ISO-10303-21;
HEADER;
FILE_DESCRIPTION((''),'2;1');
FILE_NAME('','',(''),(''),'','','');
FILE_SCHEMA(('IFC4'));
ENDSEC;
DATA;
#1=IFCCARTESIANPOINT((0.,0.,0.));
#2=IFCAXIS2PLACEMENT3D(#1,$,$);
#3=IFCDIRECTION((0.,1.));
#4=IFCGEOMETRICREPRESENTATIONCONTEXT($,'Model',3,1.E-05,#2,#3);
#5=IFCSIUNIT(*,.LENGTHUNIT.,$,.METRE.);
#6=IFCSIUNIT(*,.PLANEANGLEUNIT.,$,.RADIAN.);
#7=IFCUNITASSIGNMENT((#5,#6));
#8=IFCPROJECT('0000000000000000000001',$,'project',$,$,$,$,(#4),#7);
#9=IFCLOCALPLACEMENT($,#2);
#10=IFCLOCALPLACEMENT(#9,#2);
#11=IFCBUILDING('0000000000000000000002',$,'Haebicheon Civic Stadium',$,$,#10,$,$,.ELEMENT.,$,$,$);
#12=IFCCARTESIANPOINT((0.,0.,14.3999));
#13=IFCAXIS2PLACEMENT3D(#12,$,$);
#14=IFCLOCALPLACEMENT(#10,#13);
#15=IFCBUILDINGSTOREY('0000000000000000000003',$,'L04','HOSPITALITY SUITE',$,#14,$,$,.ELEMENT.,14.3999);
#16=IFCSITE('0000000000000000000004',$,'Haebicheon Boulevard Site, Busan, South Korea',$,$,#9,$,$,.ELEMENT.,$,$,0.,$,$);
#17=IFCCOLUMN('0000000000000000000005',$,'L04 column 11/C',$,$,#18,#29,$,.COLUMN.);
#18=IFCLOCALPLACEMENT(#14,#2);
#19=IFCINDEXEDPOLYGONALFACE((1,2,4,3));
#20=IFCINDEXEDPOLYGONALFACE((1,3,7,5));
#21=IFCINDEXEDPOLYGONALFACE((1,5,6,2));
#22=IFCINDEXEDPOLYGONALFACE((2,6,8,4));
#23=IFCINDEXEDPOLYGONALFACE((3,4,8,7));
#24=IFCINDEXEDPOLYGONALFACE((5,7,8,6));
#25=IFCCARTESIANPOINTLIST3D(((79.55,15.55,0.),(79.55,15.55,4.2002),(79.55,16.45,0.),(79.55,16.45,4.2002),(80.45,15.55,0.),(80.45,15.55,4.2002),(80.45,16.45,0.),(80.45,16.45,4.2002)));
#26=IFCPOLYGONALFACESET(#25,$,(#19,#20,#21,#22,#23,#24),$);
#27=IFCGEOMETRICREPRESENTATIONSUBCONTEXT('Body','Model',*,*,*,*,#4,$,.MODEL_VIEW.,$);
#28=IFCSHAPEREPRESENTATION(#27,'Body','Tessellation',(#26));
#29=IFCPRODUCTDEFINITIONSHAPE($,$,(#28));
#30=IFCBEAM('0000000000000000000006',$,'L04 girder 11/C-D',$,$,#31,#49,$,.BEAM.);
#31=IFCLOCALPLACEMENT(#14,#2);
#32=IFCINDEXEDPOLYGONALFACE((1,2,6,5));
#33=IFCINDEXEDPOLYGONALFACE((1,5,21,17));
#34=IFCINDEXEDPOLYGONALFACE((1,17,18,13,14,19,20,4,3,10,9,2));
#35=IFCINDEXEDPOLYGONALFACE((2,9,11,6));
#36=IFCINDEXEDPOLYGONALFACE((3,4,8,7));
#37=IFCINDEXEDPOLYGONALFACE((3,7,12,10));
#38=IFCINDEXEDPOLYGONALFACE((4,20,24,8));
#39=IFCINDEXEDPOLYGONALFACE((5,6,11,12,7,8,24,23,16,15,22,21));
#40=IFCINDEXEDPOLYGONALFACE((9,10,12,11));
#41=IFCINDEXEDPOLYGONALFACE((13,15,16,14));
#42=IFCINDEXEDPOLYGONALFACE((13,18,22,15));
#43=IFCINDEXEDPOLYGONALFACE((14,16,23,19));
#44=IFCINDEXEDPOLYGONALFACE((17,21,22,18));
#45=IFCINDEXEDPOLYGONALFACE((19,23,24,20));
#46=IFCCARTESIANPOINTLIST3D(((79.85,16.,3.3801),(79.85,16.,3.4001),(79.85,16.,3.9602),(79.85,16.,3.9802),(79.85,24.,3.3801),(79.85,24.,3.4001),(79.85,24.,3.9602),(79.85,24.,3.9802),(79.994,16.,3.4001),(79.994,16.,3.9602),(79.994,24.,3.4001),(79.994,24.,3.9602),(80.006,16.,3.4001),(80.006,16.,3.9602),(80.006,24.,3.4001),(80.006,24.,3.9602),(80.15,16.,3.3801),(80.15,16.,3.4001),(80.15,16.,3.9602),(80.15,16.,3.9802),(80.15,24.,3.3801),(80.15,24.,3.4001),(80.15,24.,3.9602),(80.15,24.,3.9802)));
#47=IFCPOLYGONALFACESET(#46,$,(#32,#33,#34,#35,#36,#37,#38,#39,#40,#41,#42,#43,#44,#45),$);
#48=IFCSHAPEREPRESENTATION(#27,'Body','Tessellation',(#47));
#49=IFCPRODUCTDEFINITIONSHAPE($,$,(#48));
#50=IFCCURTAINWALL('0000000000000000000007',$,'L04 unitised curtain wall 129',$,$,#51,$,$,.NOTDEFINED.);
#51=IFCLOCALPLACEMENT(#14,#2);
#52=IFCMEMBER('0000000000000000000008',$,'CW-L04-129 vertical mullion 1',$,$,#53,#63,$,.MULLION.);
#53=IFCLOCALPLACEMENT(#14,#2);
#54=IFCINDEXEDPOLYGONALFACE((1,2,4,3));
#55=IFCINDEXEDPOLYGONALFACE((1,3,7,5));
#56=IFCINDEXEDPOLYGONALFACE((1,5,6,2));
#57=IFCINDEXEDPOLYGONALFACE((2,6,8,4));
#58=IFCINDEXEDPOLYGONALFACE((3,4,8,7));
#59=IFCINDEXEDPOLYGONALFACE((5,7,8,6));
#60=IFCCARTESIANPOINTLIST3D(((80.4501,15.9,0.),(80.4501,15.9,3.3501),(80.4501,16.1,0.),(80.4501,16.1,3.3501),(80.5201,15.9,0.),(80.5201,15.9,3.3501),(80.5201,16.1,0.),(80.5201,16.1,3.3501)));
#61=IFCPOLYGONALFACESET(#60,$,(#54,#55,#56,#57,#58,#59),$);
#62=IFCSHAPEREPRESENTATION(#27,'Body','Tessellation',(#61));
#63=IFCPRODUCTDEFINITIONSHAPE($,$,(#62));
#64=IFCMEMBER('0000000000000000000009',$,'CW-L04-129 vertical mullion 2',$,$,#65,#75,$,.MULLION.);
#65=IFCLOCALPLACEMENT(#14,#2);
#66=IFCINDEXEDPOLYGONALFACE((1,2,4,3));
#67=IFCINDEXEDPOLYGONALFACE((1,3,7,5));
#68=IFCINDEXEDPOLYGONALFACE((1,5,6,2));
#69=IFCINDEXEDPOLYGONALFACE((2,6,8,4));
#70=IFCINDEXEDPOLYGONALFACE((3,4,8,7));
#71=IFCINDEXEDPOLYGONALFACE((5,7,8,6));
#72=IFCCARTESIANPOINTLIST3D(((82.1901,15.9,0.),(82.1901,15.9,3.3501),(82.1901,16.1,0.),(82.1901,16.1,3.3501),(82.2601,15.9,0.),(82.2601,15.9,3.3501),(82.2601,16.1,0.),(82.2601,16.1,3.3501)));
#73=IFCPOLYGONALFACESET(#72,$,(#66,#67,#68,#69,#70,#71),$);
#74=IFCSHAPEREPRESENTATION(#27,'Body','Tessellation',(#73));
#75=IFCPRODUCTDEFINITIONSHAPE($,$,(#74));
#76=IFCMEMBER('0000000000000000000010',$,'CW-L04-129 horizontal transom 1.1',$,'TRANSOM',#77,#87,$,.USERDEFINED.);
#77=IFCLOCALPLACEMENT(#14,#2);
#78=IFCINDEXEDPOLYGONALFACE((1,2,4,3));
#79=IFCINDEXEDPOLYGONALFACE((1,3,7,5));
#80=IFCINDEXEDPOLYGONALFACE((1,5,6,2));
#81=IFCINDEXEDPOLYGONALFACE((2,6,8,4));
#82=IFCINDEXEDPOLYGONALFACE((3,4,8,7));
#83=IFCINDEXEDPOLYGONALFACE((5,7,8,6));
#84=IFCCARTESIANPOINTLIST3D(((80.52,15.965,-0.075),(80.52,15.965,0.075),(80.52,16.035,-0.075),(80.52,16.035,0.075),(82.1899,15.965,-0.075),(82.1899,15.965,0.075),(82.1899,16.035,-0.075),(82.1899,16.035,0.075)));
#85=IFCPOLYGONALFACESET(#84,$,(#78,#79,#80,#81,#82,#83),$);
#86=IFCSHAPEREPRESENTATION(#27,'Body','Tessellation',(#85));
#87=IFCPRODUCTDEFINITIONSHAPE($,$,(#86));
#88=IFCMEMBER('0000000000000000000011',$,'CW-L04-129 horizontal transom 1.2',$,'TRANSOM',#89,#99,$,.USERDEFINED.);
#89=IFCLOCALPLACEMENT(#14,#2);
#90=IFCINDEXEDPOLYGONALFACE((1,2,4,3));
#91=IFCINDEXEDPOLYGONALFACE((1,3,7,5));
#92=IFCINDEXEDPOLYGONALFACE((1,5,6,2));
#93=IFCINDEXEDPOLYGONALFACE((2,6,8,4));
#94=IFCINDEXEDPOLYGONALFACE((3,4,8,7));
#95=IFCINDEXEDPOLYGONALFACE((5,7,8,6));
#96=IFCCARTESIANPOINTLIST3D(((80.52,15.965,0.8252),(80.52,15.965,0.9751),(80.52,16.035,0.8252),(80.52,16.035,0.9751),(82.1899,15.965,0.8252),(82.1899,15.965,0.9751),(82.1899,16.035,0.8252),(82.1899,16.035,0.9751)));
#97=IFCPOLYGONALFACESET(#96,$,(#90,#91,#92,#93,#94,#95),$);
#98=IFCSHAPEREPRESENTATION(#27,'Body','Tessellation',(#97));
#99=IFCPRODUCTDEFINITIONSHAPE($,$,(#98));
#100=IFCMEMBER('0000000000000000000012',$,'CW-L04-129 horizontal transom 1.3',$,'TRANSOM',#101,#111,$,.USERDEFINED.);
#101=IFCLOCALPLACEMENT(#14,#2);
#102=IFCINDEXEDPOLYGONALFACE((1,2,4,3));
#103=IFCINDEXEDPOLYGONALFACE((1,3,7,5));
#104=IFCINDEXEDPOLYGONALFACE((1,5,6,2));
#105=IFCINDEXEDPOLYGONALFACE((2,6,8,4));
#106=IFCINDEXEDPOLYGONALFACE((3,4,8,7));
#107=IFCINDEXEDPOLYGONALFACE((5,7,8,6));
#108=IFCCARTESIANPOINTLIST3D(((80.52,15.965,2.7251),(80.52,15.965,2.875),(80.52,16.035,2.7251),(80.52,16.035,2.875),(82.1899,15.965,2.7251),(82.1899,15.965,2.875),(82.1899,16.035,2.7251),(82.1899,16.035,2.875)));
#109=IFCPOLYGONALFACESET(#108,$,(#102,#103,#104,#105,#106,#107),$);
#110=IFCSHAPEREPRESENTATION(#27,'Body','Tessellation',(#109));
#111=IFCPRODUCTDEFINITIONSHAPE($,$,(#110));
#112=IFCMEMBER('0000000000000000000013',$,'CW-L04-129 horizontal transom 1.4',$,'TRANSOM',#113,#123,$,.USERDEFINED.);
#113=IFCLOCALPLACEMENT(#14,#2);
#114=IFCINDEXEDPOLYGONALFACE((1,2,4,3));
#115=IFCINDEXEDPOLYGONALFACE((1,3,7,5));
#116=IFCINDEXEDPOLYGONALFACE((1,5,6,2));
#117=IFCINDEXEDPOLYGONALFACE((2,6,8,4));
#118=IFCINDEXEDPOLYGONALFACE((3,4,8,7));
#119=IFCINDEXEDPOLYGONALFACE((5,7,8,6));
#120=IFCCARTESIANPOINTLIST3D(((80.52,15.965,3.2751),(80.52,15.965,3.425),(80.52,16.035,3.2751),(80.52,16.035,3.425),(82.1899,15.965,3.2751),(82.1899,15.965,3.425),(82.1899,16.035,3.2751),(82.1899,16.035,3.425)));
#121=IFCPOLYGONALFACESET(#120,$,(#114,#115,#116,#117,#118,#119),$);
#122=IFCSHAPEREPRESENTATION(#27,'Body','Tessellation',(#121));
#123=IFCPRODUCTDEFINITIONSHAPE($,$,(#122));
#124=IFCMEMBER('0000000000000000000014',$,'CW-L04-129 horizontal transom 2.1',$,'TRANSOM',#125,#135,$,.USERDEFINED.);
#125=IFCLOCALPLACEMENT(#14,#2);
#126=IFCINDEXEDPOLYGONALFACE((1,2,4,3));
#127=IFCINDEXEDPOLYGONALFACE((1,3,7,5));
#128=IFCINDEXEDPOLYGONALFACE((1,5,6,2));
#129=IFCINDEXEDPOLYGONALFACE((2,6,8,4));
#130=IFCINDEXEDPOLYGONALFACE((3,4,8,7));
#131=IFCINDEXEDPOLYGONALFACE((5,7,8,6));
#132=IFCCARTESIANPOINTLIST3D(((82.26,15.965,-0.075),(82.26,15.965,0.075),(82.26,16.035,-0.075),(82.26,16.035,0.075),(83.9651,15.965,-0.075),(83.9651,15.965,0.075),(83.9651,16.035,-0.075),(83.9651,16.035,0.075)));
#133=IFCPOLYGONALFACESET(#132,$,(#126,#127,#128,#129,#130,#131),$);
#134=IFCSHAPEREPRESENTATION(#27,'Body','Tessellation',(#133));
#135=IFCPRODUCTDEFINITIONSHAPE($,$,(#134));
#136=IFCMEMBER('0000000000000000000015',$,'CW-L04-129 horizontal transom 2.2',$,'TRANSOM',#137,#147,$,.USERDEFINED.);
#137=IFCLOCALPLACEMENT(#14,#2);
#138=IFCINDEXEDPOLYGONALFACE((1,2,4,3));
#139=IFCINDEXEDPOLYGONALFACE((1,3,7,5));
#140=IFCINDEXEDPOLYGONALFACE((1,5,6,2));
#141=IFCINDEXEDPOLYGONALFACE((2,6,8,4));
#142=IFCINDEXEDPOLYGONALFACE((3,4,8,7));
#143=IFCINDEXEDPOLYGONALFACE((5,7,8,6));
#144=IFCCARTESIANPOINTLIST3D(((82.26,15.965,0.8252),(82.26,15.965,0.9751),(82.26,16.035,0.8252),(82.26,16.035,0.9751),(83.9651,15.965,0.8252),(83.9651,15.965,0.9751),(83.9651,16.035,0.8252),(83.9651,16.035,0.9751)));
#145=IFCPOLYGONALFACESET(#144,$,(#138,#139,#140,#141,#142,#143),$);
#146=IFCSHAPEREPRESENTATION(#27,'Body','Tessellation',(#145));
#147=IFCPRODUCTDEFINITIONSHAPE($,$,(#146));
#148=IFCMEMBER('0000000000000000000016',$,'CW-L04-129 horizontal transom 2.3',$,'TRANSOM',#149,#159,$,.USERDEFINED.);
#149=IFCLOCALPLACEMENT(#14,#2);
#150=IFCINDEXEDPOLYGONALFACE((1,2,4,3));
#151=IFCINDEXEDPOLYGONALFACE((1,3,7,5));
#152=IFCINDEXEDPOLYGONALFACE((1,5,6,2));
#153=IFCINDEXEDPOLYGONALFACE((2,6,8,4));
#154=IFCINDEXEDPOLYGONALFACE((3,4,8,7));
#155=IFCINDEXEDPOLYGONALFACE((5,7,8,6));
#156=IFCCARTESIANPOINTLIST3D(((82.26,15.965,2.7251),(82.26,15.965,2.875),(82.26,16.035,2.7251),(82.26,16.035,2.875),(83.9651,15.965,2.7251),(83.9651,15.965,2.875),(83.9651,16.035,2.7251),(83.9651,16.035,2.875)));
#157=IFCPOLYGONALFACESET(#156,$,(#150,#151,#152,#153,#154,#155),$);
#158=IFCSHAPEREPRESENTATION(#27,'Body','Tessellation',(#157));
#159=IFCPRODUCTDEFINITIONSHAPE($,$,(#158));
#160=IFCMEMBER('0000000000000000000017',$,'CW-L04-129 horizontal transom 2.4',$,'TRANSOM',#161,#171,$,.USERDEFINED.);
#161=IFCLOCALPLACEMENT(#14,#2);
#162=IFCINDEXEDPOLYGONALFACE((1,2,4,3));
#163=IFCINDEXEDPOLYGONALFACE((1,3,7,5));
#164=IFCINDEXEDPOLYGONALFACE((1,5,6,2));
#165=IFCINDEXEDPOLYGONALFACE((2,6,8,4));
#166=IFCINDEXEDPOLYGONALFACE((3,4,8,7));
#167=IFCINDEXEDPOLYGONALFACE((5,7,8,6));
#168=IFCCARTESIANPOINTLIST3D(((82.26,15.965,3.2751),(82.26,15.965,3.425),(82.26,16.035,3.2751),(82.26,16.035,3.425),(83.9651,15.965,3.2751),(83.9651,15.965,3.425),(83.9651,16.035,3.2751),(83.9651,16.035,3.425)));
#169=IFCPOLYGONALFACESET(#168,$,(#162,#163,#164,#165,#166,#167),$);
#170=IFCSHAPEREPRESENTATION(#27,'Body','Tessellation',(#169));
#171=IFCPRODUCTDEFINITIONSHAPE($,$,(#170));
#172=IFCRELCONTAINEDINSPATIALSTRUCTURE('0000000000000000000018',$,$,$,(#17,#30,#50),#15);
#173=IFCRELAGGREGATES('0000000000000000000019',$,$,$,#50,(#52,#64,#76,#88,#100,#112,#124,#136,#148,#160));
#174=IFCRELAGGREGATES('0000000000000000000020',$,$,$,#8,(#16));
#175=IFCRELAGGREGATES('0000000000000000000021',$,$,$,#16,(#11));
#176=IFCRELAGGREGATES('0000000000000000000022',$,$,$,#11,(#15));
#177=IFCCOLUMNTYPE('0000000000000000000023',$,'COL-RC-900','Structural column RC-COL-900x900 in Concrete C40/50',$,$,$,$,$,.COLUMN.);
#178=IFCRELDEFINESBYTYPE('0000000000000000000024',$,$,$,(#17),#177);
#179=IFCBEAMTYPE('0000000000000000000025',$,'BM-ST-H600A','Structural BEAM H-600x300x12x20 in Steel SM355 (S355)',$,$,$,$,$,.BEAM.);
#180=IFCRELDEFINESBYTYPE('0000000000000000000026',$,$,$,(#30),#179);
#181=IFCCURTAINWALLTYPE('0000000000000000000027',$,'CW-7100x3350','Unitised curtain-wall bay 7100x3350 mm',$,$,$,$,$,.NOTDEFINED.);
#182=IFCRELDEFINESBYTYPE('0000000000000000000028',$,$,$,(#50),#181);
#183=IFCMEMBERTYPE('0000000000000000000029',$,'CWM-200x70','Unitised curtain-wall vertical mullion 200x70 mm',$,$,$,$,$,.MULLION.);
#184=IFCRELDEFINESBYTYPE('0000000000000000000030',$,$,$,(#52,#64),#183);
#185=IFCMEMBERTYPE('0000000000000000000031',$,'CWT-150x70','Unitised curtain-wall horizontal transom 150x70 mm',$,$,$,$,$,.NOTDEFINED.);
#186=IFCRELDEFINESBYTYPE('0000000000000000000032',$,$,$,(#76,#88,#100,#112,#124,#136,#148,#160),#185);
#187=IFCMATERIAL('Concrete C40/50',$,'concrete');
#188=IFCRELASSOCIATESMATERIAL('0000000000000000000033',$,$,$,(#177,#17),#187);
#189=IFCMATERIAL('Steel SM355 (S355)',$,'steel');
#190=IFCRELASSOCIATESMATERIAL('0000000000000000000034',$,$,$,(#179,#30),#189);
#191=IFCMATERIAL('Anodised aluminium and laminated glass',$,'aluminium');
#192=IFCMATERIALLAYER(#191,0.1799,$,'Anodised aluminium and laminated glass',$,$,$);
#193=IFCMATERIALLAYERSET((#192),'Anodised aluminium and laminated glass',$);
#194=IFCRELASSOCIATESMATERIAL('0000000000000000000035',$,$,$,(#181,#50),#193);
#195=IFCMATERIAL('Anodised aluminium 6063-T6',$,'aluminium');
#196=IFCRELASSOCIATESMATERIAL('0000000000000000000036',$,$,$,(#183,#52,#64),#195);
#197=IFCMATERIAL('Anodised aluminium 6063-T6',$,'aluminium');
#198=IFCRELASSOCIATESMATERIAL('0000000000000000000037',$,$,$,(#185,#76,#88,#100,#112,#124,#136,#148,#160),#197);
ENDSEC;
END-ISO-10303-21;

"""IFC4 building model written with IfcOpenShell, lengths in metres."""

from ifc_helpers import new_model, si_unit, direction, frame, origin, origin_2d, place, context, subcontext, project, spatial, rectangle, i_section, extrude, material, layer, layer_set, material_profile, profile_set, type_object, element, aggregate, save


model = new_model("IFC4")

# Units and contexts
model_context = context("Model", 3, precision=1e-05, world=origin(), true_north=direction((0.0, 1.0)))
body_context = subcontext(model_context, "Body", "Model", "MODEL_VIEW")
ifc_project = project(units=[si_unit("LENGTHUNIT", "METRE"), si_unit("PLANEANGLEUNIT", "RADIAN")], contexts=[model_context])

# Site, building, storey
site_placement = place(None, origin())
site = spatial("IfcSite", under=ifc_project, at=site_placement, Name="Haebicheon Boulevard Site, Busan, South Korea", CompositionType="ELEMENT", RefElevation=0.0)
building_placement = place(site_placement, origin())
building = spatial("IfcBuilding", under=site, at=building_placement, Name="Haebicheon Civic Stadium", CompositionType="ELEMENT")
storey_placement = place(building_placement, frame((0.0, 0.0, 14.3999)))
storey = spatial("IfcBuildingStorey", under=building, at=storey_placement, Name="L04", Description="HOSPITALITY SUITE", CompositionType="ELEMENT", Elevation=14.3999)

# Column
ifc_material_1 = material(Name="Concrete C40/50", Category="concrete")
ifc_material_profile_1 = material_profile(ifc_material_1, rectangle(XDim=0.8999, YDim=0.8999, at=origin_2d()), Name="RC-COL-900x900")
ifc_profile_set_1 = profile_set([ifc_material_profile_1], Name="Concrete C40/50")
column_type = type_object("IfcColumnType", Name="COL-RC-900", Description="Structural column RC-COL-900x900 in Concrete C40/50", PredefinedType="COLUMN", material=ifc_profile_set_1)
column_placement = place(storey_placement, frame((80.0, 16.0, 0.0), z_axis=(0.0, 0.0, 1.0), x_axis=(1.0, 0.0, 0.0)))
element("IfcColumn", 1, at=column_placement, inside=storey, type_object=column_type, material=ifc_profile_set_1, Name="L04 column 11/C", PredefinedType="COLUMN", context=body_context, shape_type="SweptSolid", body=[
    extrude(rectangle(XDim=0.8999, YDim=0.8999, at=origin_2d()), origin(), (0.0, 0.0, 1.0), 4.2002),
])

# Beam
ifc_material_2 = material(Name="Steel SM355 (S355)", Category="steel")
ifc_material_profile_2 = material_profile(ifc_material_2, i_section(OverallWidth=0.3, OverallDepth=0.6001, WebThickness=0.012, FlangeThickness=0.02, at=origin_2d()), Name="H-600x300x12x20")
ifc_profile_set_2 = profile_set([ifc_material_profile_2], Name="Steel SM355 (S355)")
beam_type_1 = type_object("IfcBeamType", Name="BM-ST-H600A", Description="Structural BEAM H-600x300x12x20 in Steel SM355 (S355)", PredefinedType="BEAM", material=ifc_profile_set_2)
beam_1_placement = place(storey_placement, frame((80.0, 16.0, 3.6802), z_axis=(0.0, 1.0, 0.0), x_axis=(-1.0, 0.0, 0.0)))
element("IfcBeam", 2, at=beam_1_placement, inside=storey, type_object=beam_type_1, material=ifc_profile_set_2, Name="L04 girder 11/C-D", PredefinedType="BEAM", context=body_context, shape_type="SweptSolid", body=[
    extrude(i_section(OverallWidth=0.3, OverallDepth=0.6001, WebThickness=0.012, FlangeThickness=0.02, at=origin_2d()), origin(), (0.0, 0.0, 1.0), 8.0),
])

# Curtain wall, members
ifc_material_3 = material(Name="Anodised aluminium and laminated glass", Category="aluminium")
ifc_layer_1 = layer(ifc_material_3, 0.1799, Name="Anodised aluminium and laminated glass")
ifc_layer_set_1 = layer_set([ifc_layer_1], Name="Anodised aluminium and laminated glass")
curtain_wall_type = type_object("IfcCurtainWallType", Name="CW-7100x3350", Description="Unitised curtain-wall bay 7100x3350 mm", PredefinedType="NOTDEFINED", material=ifc_layer_set_1)
curtain_wall_placement = place(storey_placement, origin())
curtain_wall = element("IfcCurtainWall", 3, at=curtain_wall_placement, inside=storey, type_object=curtain_wall_type, material=ifc_layer_set_1, Name="L04 unitised curtain wall 129", PredefinedType="NOTDEFINED")
ifc_material_4 = material(Name="Anodised aluminium 6063-T6", Category="aluminium")
ifc_material_profile_3 = material_profile(ifc_material_4, rectangle(XDim=0.0701, YDim=0.2, at=origin_2d()), Name="ALU-MULL-70x200")
ifc_profile_set_3 = profile_set([ifc_material_profile_3], Name="Anodised aluminium 6063-T6")
member_type_1 = type_object("IfcMemberType", Name="CWM-200x70", Description="Unitised curtain-wall vertical mullion 200x70 mm", PredefinedType="MULLION", material=ifc_profile_set_3)
member_1_placement = place(storey_placement, frame((80.4851, 16.0, 0.0), z_axis=(0.0, 0.0, 1.0), x_axis=(1.0, 0.0, 0.0)))
member_1 = element("IfcMember", 4, at=member_1_placement, type_object=member_type_1, material=ifc_profile_set_3, Name="CW-L04-129 vertical mullion 1", PredefinedType="MULLION", context=body_context, shape_type="SweptSolid", body=[
    extrude(rectangle(XDim=0.0701, YDim=0.2, at=origin_2d()), origin(), (0.0, 0.0, 1.0), 3.3501),
])
member_2_placement = place(storey_placement, frame((82.2251, 16.0, 0.0), z_axis=(0.0, 0.0, 1.0), x_axis=(1.0, 0.0, 0.0)))
member_2 = element("IfcMember", 5, at=member_2_placement, type_object=member_type_1, material=ifc_profile_set_3, Name="CW-L04-129 vertical mullion 2", PredefinedType="MULLION", context=body_context, shape_type="SweptSolid", body=[
    extrude(rectangle(XDim=0.0701, YDim=0.2, at=origin_2d()), origin(), (0.0, 0.0, 1.0), 3.3501),
])
ifc_material_5 = material(Name="Anodised aluminium 6063-T6", Category="aluminium")
ifc_material_profile_4 = material_profile(ifc_material_5, rectangle(XDim=0.0701, YDim=0.1499, at=origin_2d()), Name="ALU-TRAN-70x150")
ifc_profile_set_4 = profile_set([ifc_material_profile_4], Name="Anodised aluminium 6063-T6")
member_type_2 = type_object("IfcMemberType", Name="CWT-150x70", Description="Unitised curtain-wall horizontal transom 150x70 mm", PredefinedType="NOTDEFINED", material=ifc_profile_set_4)
member_3_placement = place(storey_placement, frame((80.52, 16.0, 0.0), z_axis=(1.0, 0.0, 0.0), x_axis=(0.0, 1.0, 0.0)))
member_3 = element("IfcMember", 6, at=member_3_placement, type_object=member_type_2, material=ifc_profile_set_4, Name="CW-L04-129 horizontal transom 1.1", ObjectType="TRANSOM", PredefinedType="USERDEFINED", context=body_context, shape_type="SweptSolid", body=[
    extrude(rectangle(XDim=0.0701, YDim=0.1499, at=origin_2d()), origin(), (0.0, 0.0, 1.0), 1.6699),
])
member_4_placement = place(storey_placement, frame((80.52, 16.0, 0.9001), z_axis=(1.0, 0.0, 0.0), x_axis=(0.0, 1.0, 0.0)))
member_4 = element("IfcMember", 7, at=member_4_placement, type_object=member_type_2, material=ifc_profile_set_4, Name="CW-L04-129 horizontal transom 1.2", ObjectType="TRANSOM", PredefinedType="USERDEFINED", context=body_context, shape_type="SweptSolid", body=[
    extrude(rectangle(XDim=0.0701, YDim=0.1499, at=origin_2d()), origin(), (0.0, 0.0, 1.0), 1.6699),
])
member_5_placement = place(storey_placement, frame((80.52, 16.0, 2.8), z_axis=(1.0, 0.0, 0.0), x_axis=(0.0, 1.0, 0.0)))
member_5 = element("IfcMember", 8, at=member_5_placement, type_object=member_type_2, material=ifc_profile_set_4, Name="CW-L04-129 horizontal transom 1.3", ObjectType="TRANSOM", PredefinedType="USERDEFINED", context=body_context, shape_type="SweptSolid", body=[
    extrude(rectangle(XDim=0.0701, YDim=0.1499, at=origin_2d()), origin(), (0.0, 0.0, 1.0), 1.6699),
])
member_6_placement = place(storey_placement, frame((80.52, 16.0, 3.3501), z_axis=(1.0, 0.0, 0.0), x_axis=(0.0, 1.0, 0.0)))
member_6 = element("IfcMember", 9, at=member_6_placement, type_object=member_type_2, material=ifc_profile_set_4, Name="CW-L04-129 horizontal transom 1.4", ObjectType="TRANSOM", PredefinedType="USERDEFINED", context=body_context, shape_type="SweptSolid", body=[
    extrude(rectangle(XDim=0.0701, YDim=0.1499, at=origin_2d()), origin(), (0.0, 0.0, 1.0), 1.6699),
])
member_7_placement = place(storey_placement, frame((82.26, 16.0, 0.0), z_axis=(1.0, 0.0, 0.0), x_axis=(0.0, 1.0, 0.0)))
member_7 = element("IfcMember", 10, at=member_7_placement, type_object=member_type_2, material=ifc_profile_set_4, Name="CW-L04-129 horizontal transom 2.1", ObjectType="TRANSOM", PredefinedType="USERDEFINED", context=body_context, shape_type="SweptSolid", body=[
    extrude(rectangle(XDim=0.0701, YDim=0.1499, at=origin_2d()), origin(), (0.0, 0.0, 1.0), 1.7051),
])
member_8_placement = place(storey_placement, frame((82.26, 16.0, 0.9001), z_axis=(1.0, 0.0, 0.0), x_axis=(0.0, 1.0, 0.0)))
member_8 = element("IfcMember", 11, at=member_8_placement, type_object=member_type_2, material=ifc_profile_set_4, Name="CW-L04-129 horizontal transom 2.2", ObjectType="TRANSOM", PredefinedType="USERDEFINED", context=body_context, shape_type="SweptSolid", body=[
    extrude(rectangle(XDim=0.0701, YDim=0.1499, at=origin_2d()), origin(), (0.0, 0.0, 1.0), 1.7051),
])
member_9_placement = place(storey_placement, frame((82.26, 16.0, 2.8), z_axis=(1.0, 0.0, 0.0), x_axis=(0.0, 1.0, 0.0)))
member_9 = element("IfcMember", 12, at=member_9_placement, type_object=member_type_2, material=ifc_profile_set_4, Name="CW-L04-129 horizontal transom 2.3", ObjectType="TRANSOM", PredefinedType="USERDEFINED", context=body_context, shape_type="SweptSolid", body=[
    extrude(rectangle(XDim=0.0701, YDim=0.1499, at=origin_2d()), origin(), (0.0, 0.0, 1.0), 1.7051),
])
member_10_placement = place(storey_placement, frame((82.26, 16.0, 3.3501), z_axis=(1.0, 0.0, 0.0), x_axis=(0.0, 1.0, 0.0)))
member_10 = element("IfcMember", 13, at=member_10_placement, type_object=member_type_2, material=ifc_profile_set_4, Name="CW-L04-129 horizontal transom 2.4", ObjectType="TRANSOM", PredefinedType="USERDEFINED", context=body_context, shape_type="SweptSolid", body=[
    extrude(rectangle(XDim=0.0701, YDim=0.1499, at=origin_2d()), origin(), (0.0, 0.0, 1.0), 1.7051),
])

aggregate(curtain_wall, [member_1, member_2, member_3, member_4, member_5, member_6, member_7, member_8, member_9, member_10])

save(model, "model.ifc")
